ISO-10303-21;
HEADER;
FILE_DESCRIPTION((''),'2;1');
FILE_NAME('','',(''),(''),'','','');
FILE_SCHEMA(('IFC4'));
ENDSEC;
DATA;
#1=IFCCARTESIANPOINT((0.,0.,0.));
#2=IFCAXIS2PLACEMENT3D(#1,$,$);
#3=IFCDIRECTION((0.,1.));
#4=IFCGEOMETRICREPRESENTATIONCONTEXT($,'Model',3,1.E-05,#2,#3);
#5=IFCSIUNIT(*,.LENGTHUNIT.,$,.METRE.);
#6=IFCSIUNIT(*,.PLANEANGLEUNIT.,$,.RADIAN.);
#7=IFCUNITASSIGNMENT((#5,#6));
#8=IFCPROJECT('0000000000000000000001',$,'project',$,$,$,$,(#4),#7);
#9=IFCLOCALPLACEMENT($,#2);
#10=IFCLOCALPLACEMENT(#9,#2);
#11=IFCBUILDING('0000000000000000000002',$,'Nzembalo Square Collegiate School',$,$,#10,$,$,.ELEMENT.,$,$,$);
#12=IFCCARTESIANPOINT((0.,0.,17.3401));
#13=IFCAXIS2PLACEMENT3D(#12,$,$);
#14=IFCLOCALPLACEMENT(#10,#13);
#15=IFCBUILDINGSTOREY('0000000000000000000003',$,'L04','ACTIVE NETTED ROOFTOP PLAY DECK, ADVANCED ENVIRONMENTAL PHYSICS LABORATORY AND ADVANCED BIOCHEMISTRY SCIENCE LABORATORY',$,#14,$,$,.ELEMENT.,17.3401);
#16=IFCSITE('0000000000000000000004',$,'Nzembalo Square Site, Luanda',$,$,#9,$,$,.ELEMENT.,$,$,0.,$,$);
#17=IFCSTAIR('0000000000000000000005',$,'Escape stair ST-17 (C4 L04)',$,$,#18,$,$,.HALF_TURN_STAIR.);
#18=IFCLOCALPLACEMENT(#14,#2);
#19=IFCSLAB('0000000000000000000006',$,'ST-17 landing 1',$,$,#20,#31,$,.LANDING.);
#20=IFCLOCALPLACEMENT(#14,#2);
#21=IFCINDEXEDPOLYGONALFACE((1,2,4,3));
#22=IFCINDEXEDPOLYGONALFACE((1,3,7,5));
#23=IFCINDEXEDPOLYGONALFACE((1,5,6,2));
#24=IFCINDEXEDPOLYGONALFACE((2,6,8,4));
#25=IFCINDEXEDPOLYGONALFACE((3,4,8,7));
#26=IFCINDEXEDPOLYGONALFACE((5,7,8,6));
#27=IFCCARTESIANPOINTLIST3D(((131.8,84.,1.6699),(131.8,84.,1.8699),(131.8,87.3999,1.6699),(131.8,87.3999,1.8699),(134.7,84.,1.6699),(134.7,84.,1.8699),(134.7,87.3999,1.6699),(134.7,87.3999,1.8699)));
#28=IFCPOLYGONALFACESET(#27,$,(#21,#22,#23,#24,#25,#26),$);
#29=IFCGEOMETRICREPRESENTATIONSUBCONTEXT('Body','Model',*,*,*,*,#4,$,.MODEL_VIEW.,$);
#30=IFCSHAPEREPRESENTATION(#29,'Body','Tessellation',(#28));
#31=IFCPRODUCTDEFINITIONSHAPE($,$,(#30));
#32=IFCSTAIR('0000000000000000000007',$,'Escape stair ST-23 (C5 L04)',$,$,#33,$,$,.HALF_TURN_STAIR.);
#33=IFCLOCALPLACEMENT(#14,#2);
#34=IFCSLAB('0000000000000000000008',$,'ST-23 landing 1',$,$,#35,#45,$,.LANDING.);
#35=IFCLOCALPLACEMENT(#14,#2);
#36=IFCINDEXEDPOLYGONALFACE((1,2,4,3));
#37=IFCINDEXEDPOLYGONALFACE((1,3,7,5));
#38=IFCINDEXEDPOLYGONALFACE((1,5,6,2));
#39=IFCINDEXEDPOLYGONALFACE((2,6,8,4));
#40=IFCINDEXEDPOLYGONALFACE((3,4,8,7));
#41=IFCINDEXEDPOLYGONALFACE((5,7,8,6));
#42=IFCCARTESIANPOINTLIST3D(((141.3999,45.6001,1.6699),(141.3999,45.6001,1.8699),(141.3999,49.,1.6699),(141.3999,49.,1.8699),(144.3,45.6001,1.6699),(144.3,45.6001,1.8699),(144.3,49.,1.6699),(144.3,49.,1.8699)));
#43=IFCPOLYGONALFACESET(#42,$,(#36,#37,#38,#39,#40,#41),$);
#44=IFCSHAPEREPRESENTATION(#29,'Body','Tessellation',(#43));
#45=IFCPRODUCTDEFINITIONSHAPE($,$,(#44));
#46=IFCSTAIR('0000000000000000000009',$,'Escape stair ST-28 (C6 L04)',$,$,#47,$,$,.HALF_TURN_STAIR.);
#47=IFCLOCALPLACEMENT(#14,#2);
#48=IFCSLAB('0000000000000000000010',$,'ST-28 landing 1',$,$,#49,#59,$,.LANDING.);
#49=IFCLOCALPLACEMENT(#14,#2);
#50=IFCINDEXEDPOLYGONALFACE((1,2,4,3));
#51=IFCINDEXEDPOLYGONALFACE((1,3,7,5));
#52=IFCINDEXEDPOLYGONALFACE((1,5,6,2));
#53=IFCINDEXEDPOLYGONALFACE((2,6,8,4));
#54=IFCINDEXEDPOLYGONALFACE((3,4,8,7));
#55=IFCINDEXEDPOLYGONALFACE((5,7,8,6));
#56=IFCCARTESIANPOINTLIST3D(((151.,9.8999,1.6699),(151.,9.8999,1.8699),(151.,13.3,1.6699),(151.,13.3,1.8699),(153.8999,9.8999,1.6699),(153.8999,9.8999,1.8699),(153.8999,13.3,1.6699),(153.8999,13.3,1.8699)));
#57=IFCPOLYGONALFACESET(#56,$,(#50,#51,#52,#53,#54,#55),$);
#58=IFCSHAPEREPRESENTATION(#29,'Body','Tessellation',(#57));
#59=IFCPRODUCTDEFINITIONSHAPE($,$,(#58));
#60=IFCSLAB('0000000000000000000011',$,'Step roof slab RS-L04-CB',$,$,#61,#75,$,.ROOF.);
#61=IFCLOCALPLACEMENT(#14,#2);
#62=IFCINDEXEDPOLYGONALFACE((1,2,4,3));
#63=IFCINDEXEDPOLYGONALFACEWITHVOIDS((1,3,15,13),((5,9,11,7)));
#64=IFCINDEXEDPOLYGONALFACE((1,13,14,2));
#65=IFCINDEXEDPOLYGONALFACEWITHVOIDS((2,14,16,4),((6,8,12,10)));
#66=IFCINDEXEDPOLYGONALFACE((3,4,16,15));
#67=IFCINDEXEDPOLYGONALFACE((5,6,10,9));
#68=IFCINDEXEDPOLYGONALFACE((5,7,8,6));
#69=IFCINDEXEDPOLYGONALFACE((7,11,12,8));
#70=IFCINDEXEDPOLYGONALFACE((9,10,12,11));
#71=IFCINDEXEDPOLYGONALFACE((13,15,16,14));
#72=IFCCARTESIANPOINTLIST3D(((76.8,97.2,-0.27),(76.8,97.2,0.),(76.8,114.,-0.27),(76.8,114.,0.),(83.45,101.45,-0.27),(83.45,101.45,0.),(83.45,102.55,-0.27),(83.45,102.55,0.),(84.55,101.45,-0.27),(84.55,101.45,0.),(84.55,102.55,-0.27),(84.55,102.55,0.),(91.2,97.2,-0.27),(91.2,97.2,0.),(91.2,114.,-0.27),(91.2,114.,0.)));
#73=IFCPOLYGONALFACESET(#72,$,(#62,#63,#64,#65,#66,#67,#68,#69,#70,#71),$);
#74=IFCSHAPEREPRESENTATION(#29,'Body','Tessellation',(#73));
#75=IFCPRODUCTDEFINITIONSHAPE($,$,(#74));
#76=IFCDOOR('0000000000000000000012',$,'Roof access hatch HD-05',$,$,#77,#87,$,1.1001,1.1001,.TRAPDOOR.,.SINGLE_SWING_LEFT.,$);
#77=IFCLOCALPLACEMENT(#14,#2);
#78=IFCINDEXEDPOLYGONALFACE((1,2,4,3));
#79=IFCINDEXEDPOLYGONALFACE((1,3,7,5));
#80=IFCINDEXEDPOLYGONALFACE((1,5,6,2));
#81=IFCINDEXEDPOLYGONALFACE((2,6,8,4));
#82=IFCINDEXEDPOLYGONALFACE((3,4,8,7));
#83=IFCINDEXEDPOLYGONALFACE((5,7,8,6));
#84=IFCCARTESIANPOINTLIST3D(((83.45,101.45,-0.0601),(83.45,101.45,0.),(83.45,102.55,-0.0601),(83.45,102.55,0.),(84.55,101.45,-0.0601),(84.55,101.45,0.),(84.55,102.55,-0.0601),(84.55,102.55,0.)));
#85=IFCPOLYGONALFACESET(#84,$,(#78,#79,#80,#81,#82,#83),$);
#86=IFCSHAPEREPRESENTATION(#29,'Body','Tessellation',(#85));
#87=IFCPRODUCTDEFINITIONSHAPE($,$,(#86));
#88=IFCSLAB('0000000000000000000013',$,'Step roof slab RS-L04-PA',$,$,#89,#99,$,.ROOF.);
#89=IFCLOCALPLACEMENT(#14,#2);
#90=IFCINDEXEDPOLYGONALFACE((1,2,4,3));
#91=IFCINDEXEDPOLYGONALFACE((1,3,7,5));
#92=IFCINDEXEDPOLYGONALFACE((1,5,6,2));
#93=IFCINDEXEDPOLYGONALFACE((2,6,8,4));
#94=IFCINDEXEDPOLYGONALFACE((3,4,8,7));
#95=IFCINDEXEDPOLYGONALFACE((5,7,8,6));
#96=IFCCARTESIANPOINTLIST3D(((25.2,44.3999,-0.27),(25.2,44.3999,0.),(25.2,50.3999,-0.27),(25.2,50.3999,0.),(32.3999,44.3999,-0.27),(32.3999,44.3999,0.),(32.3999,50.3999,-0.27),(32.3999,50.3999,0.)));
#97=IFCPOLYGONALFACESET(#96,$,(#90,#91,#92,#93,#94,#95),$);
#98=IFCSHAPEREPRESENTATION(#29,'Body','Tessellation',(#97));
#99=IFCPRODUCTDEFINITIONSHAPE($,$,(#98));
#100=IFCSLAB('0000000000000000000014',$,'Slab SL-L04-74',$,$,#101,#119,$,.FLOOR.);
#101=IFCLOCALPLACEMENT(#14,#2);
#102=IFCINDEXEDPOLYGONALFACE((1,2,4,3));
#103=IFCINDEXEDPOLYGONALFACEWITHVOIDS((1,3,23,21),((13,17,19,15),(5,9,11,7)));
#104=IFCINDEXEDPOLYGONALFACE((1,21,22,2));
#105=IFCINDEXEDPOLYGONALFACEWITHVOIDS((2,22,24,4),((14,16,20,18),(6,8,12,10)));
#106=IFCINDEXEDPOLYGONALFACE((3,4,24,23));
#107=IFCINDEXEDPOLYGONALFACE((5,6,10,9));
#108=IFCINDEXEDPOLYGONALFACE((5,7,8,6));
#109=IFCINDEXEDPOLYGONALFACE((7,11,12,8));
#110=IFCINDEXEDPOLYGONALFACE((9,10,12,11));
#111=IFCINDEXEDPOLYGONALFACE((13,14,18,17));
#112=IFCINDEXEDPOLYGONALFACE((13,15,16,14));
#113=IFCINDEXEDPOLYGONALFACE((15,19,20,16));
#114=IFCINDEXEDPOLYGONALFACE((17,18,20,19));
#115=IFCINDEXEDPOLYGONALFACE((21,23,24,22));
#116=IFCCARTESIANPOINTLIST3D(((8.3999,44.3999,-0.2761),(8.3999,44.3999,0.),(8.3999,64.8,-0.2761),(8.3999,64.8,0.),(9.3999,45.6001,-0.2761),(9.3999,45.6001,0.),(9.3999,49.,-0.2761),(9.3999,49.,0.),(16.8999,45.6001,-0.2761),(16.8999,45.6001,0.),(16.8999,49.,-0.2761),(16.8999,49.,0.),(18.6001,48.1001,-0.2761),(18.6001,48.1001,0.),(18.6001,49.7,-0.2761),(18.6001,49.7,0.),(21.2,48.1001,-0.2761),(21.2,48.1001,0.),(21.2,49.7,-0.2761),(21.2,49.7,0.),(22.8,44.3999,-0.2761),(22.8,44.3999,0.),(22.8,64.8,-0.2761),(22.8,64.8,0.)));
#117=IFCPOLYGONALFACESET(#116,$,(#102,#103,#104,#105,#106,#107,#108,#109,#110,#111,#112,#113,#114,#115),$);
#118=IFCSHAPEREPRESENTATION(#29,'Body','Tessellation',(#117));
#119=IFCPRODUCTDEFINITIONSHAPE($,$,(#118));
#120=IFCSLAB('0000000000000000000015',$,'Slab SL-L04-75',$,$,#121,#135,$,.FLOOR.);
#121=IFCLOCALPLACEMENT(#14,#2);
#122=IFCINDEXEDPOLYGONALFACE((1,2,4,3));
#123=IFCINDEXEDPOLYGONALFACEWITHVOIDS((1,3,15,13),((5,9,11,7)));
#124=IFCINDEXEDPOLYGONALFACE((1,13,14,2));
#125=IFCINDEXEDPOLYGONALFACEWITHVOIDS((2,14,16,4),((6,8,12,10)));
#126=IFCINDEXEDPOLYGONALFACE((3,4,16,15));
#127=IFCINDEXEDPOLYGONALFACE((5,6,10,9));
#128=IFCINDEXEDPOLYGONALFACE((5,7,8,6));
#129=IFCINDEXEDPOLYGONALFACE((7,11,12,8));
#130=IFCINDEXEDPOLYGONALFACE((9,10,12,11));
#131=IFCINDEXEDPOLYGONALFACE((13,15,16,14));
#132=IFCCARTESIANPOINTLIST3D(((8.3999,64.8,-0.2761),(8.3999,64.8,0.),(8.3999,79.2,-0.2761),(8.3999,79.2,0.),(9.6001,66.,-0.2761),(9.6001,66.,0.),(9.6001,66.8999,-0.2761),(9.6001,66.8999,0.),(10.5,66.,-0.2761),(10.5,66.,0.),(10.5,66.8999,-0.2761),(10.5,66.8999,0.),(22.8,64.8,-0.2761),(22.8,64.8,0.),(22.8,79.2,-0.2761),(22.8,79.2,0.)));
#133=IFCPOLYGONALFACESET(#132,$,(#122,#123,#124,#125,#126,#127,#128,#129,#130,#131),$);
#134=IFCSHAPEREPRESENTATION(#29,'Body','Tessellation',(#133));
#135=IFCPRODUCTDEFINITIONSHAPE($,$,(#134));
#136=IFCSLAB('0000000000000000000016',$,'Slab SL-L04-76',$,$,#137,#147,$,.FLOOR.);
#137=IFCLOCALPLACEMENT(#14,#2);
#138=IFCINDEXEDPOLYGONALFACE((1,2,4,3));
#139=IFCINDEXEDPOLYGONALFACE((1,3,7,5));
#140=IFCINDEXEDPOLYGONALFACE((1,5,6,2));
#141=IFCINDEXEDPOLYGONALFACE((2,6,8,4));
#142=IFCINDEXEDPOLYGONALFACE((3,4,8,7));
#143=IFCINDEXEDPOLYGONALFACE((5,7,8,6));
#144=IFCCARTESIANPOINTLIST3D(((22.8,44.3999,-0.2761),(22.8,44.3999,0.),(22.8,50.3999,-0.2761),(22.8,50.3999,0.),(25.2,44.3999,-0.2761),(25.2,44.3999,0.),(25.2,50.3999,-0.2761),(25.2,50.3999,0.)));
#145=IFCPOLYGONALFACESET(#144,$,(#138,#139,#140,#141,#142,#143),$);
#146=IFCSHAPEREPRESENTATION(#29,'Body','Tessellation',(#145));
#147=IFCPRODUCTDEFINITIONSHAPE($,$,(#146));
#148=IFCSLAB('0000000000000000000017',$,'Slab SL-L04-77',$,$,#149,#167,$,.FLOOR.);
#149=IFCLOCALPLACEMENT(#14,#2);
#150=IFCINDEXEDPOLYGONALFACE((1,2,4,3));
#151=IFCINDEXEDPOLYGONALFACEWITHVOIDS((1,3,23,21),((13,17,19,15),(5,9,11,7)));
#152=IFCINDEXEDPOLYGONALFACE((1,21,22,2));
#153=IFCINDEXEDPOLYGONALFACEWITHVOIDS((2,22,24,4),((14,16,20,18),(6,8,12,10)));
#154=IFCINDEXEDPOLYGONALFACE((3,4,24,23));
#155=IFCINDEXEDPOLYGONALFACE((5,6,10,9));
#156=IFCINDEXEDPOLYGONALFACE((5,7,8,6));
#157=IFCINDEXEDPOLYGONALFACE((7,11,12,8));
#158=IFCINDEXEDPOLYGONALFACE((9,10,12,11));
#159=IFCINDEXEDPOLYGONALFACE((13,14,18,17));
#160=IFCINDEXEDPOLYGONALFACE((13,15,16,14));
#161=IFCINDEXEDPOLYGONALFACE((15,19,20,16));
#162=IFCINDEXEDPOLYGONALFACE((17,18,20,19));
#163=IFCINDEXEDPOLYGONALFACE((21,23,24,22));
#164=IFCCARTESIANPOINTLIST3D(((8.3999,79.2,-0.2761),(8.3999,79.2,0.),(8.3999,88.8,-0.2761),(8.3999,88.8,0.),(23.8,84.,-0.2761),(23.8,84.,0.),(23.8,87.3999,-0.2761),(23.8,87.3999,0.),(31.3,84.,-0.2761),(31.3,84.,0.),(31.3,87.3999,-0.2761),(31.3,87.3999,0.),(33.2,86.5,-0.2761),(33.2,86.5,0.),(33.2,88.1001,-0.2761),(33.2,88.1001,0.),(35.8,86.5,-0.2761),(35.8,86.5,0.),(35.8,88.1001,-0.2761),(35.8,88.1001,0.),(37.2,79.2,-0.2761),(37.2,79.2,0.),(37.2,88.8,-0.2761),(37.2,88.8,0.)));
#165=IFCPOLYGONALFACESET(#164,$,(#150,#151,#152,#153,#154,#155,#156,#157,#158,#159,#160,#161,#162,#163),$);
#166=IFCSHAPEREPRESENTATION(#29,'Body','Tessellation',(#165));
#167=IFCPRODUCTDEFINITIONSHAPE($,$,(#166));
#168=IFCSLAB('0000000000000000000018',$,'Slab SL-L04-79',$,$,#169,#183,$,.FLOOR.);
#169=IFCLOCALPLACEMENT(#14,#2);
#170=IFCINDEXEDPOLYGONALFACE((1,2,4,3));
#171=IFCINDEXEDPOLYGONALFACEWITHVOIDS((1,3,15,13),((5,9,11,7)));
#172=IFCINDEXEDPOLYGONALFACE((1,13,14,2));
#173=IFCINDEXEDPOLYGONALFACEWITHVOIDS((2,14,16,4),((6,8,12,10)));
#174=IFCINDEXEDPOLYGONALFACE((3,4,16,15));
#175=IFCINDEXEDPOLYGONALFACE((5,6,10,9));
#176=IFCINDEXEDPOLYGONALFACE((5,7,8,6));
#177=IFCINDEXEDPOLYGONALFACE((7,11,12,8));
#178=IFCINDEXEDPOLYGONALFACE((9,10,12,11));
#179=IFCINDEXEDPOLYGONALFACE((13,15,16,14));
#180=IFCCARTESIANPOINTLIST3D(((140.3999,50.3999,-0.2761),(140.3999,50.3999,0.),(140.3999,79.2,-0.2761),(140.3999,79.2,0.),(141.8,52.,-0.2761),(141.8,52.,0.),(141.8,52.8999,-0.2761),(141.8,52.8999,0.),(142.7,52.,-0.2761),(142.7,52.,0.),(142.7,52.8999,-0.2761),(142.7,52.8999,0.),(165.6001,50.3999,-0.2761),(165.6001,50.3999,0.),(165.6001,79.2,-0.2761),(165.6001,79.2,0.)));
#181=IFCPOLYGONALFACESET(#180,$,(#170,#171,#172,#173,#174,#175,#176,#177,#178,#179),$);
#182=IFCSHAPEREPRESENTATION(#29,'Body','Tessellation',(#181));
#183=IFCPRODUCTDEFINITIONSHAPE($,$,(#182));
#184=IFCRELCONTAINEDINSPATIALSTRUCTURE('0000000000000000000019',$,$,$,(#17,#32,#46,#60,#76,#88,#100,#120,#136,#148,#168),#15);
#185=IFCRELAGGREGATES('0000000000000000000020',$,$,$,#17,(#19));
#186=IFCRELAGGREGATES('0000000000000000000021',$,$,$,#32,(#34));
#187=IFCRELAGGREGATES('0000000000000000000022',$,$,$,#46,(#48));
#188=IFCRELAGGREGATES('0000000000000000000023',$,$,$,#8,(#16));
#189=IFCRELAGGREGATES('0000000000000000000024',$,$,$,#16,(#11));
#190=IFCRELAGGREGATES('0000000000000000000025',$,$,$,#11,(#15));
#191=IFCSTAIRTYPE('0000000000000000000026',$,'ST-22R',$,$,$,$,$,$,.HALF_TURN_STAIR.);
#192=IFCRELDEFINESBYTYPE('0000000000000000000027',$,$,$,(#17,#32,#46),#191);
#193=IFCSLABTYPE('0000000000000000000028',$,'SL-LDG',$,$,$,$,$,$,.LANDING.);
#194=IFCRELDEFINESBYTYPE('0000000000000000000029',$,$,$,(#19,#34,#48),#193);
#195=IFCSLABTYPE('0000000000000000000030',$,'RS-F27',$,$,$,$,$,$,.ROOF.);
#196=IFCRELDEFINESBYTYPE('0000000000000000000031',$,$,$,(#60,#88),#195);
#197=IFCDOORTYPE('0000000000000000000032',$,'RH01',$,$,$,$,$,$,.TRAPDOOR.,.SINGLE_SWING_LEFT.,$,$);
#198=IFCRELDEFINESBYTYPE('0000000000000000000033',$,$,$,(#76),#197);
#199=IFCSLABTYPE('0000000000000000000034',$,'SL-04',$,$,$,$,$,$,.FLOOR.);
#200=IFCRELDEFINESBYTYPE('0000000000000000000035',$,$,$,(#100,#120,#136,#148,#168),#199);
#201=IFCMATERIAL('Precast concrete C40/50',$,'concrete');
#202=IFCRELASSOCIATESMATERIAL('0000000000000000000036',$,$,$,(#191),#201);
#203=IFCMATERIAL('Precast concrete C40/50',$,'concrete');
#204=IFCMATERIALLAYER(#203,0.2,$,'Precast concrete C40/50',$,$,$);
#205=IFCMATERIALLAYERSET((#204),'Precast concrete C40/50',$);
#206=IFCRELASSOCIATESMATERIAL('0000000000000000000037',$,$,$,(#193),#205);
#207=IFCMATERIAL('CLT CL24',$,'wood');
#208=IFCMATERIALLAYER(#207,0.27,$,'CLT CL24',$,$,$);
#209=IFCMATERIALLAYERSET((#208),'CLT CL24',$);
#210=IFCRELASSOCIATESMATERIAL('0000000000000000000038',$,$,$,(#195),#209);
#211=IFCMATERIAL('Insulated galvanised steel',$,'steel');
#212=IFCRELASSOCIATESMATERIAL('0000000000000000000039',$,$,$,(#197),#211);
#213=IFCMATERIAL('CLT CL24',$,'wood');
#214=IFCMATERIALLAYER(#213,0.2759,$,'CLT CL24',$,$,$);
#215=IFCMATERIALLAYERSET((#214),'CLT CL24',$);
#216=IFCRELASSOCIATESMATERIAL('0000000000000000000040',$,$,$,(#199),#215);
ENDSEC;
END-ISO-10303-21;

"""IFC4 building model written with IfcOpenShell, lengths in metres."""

from ifc_helpers import new_model, si_unit, direction, frame, origin, origin_2d, place, context, subcontext, project, spatial, polyline, rectangle, outline, extrude, material, layer, layer_set, type_object, element, fill, aggregate, save


model = new_model("IFC4")

# Units and contexts
model_context = context("Model", 3, precision=1e-05, world=origin(), true_north=direction((0.0, 1.0)))
body_context = subcontext(model_context, "Body", "Model", "MODEL_VIEW")
ifc_project = project(units=[si_unit("LENGTHUNIT", "METRE"), si_unit("PLANEANGLEUNIT", "RADIAN")], contexts=[model_context])

# Site, building, storey
site_placement = place(None, origin())
site = spatial("IfcSite", under=ifc_project, at=site_placement, Name="Nzembalo Square Site, Luanda", CompositionType="ELEMENT", RefElevation=0.0)
building_placement = place(site_placement, origin())
building = spatial("IfcBuilding", under=site, at=building_placement, Name="Nzembalo Square Collegiate School", CompositionType="ELEMENT")
storey_placement = place(building_placement, frame((0.0, 0.0, 17.3401)))
storey = spatial("IfcBuildingStorey", under=building, at=storey_placement, Name="L04", Description="ACTIVE NETTED ROOFTOP PLAY DECK, ADVANCED ENVIRONMENTAL PHYSICS LABORATORY AND ADVANCED BIOCHEMISTRY SCIENCE LABORATORY", CompositionType="ELEMENT", Elevation=17.3401)

# Stairs, slabs
ifc_material_1 = material(Name="Precast concrete C40/50", Category="concrete")
stair_type = type_object("IfcStairType", Name="ST-22R", PredefinedType="HALF_TURN_STAIR", material=ifc_material_1)
stair_1_placement = place(storey_placement, origin())
stair_1 = element("IfcStair", 1, at=stair_1_placement, inside=storey, type_object=stair_type, Name="Escape stair ST-17 (C4 L04)", PredefinedType="HALF_TURN_STAIR")
ifc_material_2 = material(Name="Precast concrete C40/50", Category="concrete")
ifc_layer_1 = layer(ifc_material_2, 0.2, Name="Precast concrete C40/50")
ifc_layer_set_1 = layer_set([ifc_layer_1], Name="Precast concrete C40/50")
slab_type_1 = type_object("IfcSlabType", Name="SL-LDG", PredefinedType="LANDING", material=ifc_layer_set_1)
slab_1_placement = place(storey_placement, frame((0.0, 0.0, 1.6699)))
slab_1 = element("IfcSlab", 2, at=slab_1_placement, type_object=slab_type_1, Name="ST-17 landing 1", PredefinedType="LANDING", context=body_context, shape_type="SweptSolid", body=[
    extrude(outline(polyline([(134.7, 87.3999), (131.8, 87.3999), (131.8, 84.0), (134.7, 84.0), (134.7, 87.3999)])), origin(), (0.0, 0.0, 1.0), 0.2),
])
aggregate(stair_1, [slab_1])
stair_2_placement = place(storey_placement, origin())
stair_2 = element("IfcStair", 3, at=stair_2_placement, inside=storey, type_object=stair_type, Name="Escape stair ST-23 (C5 L04)", PredefinedType="HALF_TURN_STAIR")
slab_2_placement = place(storey_placement, frame((0.0, 0.0, 1.6699)))
slab_2 = element("IfcSlab", 4, at=slab_2_placement, type_object=slab_type_1, Name="ST-23 landing 1", PredefinedType="LANDING", context=body_context, shape_type="SweptSolid", body=[
    extrude(outline(polyline([(144.3, 49.0), (141.3999, 49.0), (141.3999, 45.6001), (144.3, 45.6001), (144.3, 49.0)])), origin(), (0.0, 0.0, 1.0), 0.2),
])
aggregate(stair_2, [slab_2])
stair_3_placement = place(storey_placement, origin())
stair_3 = element("IfcStair", 5, at=stair_3_placement, inside=storey, type_object=stair_type, Name="Escape stair ST-28 (C6 L04)", PredefinedType="HALF_TURN_STAIR")
slab_3_placement = place(storey_placement, frame((0.0, 0.0, 1.6699)))
slab_3 = element("IfcSlab", 6, at=slab_3_placement, type_object=slab_type_1, Name="ST-28 landing 1", PredefinedType="LANDING", context=body_context, shape_type="SweptSolid", body=[
    extrude(outline(polyline([(153.8999, 13.3), (151.0, 13.3), (151.0, 9.8999), (153.8999, 9.8999), (153.8999, 13.3)])), origin(), (0.0, 0.0, 1.0), 0.2),
])
aggregate(stair_3, [slab_3])

# Slab, opening, door
ifc_material_3 = material(Name="CLT CL24", Category="wood")
ifc_layer_2 = layer(ifc_material_3, 0.27, Name="CLT CL24")
ifc_layer_set_2 = layer_set([ifc_layer_2], Name="CLT CL24")
slab_type_2 = type_object("IfcSlabType", Name="RS-F27", PredefinedType="ROOF", material=ifc_layer_set_2)
slab_4_placement = place(storey_placement, frame((0.0, 0.0, -0.27)))
slab_4 = element("IfcSlab", 7, at=slab_4_placement, inside=storey, type_object=slab_type_2, Name="Step roof slab RS-L04-CB", PredefinedType="ROOF", context=body_context, shape_type="SweptSolid", body=[
    extrude(outline(polyline([(76.8, 97.2), (91.2, 97.2), (91.2, 114.0), (76.8, 114.0), (76.8, 97.2)])), origin(), (0.0, 0.0, 1.0), 0.27),
])
opening_placement = place(slab_4_placement, frame((84.0, 102.0, -0.01)))
opening = element("IfcOpeningElement", 8, at=opening_placement, cuts=slab_4, PredefinedType="OPENING", context=body_context, shape_type="SweptSolid", body=[
    extrude(rectangle(XDim=1.1001, YDim=1.1001, at=origin_2d()), origin(), (0.0, 0.0, 1.0), 0.29),
])
ifc_material_4 = material(Name="Insulated galvanised steel", Category="steel")
door_type = type_object("IfcDoorType", Name="RH01", OperationType="SINGLE_SWING_LEFT", PredefinedType="TRAPDOOR", material=ifc_material_4)
door_placement = place(slab_4_placement, frame((84.0, 102.0, 0.21)))
door = element("IfcDoor", 9, at=door_placement, inside=storey, type_object=door_type, Name="Roof access hatch HD-05", OperationType="SINGLE_SWING_LEFT", OverallHeight=1.1001, OverallWidth=1.1001, PredefinedType="TRAPDOOR", context=body_context, shape_type="SweptSolid", body=[
    extrude(rectangle(XDim=1.1001, YDim=1.1001, at=origin_2d()), origin(), (0.0, 0.0, 1.0), 0.0601),
])
fill(opening, door)

# Slabs
slab_5_placement = place(storey_placement, frame((0.0, 0.0, -0.27)))
element("IfcSlab", 10, at=slab_5_placement, inside=storey, type_object=slab_type_2, Name="Step roof slab RS-L04-PA", PredefinedType="ROOF", context=body_context, shape_type="SweptSolid", body=[
    extrude(outline(polyline([(25.2, 44.3999), (32.3999, 44.3999), (32.3999, 50.3999), (25.2, 50.3999), (25.2, 44.3999)])), origin(), (0.0, 0.0, 1.0), 0.27),
])
ifc_material_5 = material(Name="CLT CL24", Category="wood")
ifc_layer_3 = layer(ifc_material_5, 0.2759, Name="CLT CL24")
ifc_layer_set_3 = layer_set([ifc_layer_3], Name="CLT CL24")
slab_type_3 = type_object("IfcSlabType", Name="SL-04", PredefinedType="FLOOR", material=ifc_layer_set_3)
slab_6_placement = place(storey_placement, frame((0.0, 0.0, -0.2761)))
element("IfcSlab", 11, at=slab_6_placement, inside=storey, type_object=slab_type_3, Name="Slab SL-L04-74", PredefinedType="FLOOR", context=body_context, shape_type="SweptSolid", body=[
    extrude(outline(polyline([(8.3999, 44.3999), (22.8, 44.3999), (22.8, 64.8), (8.3999, 64.8), (8.3999, 44.3999)]), holes=[polyline([(18.6001, 48.1001), (21.2, 48.1001), (21.2, 49.7), (18.6001, 49.7), (18.6001, 48.1001)]), polyline([(16.8999, 49.0), (9.3999, 49.0), (9.3999, 45.6001), (16.8999, 45.6001), (16.8999, 49.0)])]), origin(), (0.0, 0.0, 1.0), 0.2761),
])
slab_7_placement = place(storey_placement, frame((0.0, 0.0, -0.2761)))
element("IfcSlab", 12, at=slab_7_placement, inside=storey, type_object=slab_type_3, Name="Slab SL-L04-75", PredefinedType="FLOOR", context=body_context, shape_type="SweptSolid", body=[
    extrude(outline(polyline([(8.3999, 64.8), (22.8, 64.8), (22.8, 79.2), (8.3999, 79.2), (8.3999, 64.8)]), holes=[polyline([(9.6001, 66.0), (10.5, 66.0), (10.5, 66.8999), (9.6001, 66.8999), (9.6001, 66.0)])]), origin(), (0.0, 0.0, 1.0), 0.2761),
])
slab_8_placement = place(storey_placement, frame((0.0, 0.0, -0.2761)))
element("IfcSlab", 13, at=slab_8_placement, inside=storey, type_object=slab_type_3, Name="Slab SL-L04-76", PredefinedType="FLOOR", context=body_context, shape_type="SweptSolid", body=[
    extrude(outline(polyline([(22.8, 44.3999), (25.2, 44.3999), (25.2, 50.3999), (22.8, 50.3999), (22.8, 44.3999)])), origin(), (0.0, 0.0, 1.0), 0.2761),
])
slab_9_placement = place(storey_placement, frame((0.0, 0.0, -0.2761)))
element("IfcSlab", 14, at=slab_9_placement, inside=storey, type_object=slab_type_3, Name="Slab SL-L04-77", PredefinedType="FLOOR", context=body_context, shape_type="SweptSolid", body=[
    extrude(outline(polyline([(8.3999, 79.2), (37.2, 79.2), (37.2, 88.8), (8.3999, 88.8), (8.3999, 79.2)]), holes=[polyline([(33.2, 86.5), (35.8, 86.5), (35.8, 88.1001), (33.2, 88.1001), (33.2, 86.5)]), polyline([(31.3, 87.3999), (23.8, 87.3999), (23.8, 84.0), (31.3, 84.0), (31.3, 87.3999)])]), origin(), (0.0, 0.0, 1.0), 0.2761),
])
slab_10_placement = place(storey_placement, frame((0.0, 0.0, -0.2761)))
element("IfcSlab", 15, at=slab_10_placement, inside=storey, type_object=slab_type_3, Name="Slab SL-L04-79", PredefinedType="FLOOR", context=body_context, shape_type="SweptSolid", body=[
    extrude(outline(polyline([(140.3999, 50.3999), (165.6001, 50.3999), (165.6001, 79.2), (140.3999, 79.2), (140.3999, 50.3999)]), holes=[polyline([(141.8, 52.0), (142.7, 52.0), (142.7, 52.8999), (141.8, 52.8999), (141.8, 52.0)])]), origin(), (0.0, 0.0, 1.0), 0.2761),
])

save(model, "model.ifc")
